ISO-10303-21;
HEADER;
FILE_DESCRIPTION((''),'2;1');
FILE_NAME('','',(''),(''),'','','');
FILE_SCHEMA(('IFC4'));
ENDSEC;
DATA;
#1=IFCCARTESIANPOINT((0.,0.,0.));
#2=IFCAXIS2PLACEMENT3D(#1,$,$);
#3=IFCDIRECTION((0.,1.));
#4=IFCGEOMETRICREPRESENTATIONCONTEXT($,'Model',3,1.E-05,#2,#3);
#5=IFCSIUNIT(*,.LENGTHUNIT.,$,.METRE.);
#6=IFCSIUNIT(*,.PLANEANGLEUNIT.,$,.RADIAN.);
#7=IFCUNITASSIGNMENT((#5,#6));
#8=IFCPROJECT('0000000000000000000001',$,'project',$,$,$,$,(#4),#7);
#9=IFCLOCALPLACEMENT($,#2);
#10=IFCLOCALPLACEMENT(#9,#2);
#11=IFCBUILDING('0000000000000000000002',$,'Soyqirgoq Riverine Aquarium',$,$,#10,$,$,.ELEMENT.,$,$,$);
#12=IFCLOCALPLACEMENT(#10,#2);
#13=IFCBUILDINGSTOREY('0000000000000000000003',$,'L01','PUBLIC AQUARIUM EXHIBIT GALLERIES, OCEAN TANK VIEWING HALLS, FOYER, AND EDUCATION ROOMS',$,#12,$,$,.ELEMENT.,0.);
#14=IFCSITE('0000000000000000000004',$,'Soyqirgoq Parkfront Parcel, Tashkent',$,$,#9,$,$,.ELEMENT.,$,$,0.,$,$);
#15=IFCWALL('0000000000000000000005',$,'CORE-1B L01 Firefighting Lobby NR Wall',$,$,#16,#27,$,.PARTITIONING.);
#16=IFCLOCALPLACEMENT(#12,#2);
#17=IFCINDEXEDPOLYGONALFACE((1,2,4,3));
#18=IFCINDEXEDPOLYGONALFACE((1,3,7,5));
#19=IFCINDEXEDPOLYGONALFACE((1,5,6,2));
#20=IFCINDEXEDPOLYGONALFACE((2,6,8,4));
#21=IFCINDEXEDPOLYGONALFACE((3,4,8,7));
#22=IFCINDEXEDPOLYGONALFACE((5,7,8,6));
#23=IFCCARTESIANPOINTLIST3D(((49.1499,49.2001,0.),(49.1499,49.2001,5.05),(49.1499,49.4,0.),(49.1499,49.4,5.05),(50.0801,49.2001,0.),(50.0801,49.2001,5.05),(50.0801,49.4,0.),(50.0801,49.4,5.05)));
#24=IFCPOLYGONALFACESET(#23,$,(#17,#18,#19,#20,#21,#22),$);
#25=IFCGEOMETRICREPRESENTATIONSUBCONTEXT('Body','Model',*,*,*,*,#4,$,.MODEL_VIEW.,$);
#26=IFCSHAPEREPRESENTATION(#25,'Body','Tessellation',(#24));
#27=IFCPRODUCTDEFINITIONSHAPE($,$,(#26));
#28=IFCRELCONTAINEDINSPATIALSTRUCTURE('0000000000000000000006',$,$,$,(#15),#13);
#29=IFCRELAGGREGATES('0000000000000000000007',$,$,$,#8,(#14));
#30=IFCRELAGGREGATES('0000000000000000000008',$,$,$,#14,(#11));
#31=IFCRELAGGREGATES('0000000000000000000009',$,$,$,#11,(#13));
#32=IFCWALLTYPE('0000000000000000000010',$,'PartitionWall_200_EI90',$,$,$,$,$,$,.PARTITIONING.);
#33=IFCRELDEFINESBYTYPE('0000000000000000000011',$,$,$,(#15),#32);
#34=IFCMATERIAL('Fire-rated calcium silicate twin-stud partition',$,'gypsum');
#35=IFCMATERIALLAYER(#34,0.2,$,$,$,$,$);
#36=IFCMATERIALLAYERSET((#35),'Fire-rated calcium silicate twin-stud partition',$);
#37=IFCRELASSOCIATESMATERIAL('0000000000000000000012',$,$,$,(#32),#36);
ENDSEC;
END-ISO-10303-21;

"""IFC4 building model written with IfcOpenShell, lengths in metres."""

from ifc_helpers import new_model, si_unit, direction, frame, frame_2d, origin, place, context, subcontext, project, spatial, rectangle, extrude, material, layer, layer_set, type_object, element, save


model = new_model("IFC4")

# Units and contexts
model_context = context("Model", 3, precision=1e-05, world=origin(), true_north=direction((0.0, 1.0)))
body_context = subcontext(model_context, "Body", "Model", "MODEL_VIEW")
ifc_project = project(units=[si_unit("LENGTHUNIT", "METRE"), si_unit("PLANEANGLEUNIT", "RADIAN")], contexts=[model_context])

# Site, building, storey
site_placement = place(None, origin())
site = spatial("IfcSite", under=ifc_project, at=site_placement, Name="Soyqirgoq Parkfront Parcel, Tashkent", CompositionType="ELEMENT", RefElevation=0.0)
building_placement = place(site_placement, origin())
building = spatial("IfcBuilding", under=site, at=building_placement, Name="Soyqirgoq Riverine Aquarium", CompositionType="ELEMENT")
storey_placement = place(building_placement, origin())
storey = spatial("IfcBuildingStorey", under=building, at=storey_placement, Name="L01", Description="PUBLIC AQUARIUM EXHIBIT GALLERIES, OCEAN TANK VIEWING HALLS, FOYER, AND EDUCATION ROOMS", CompositionType="ELEMENT", Elevation=0.0)

# Shared definitions
ifc_material_1 = material(Name="Fire-rated calcium silicate twin-stud partition", Category="gypsum")
ifc_layer_1 = layer(ifc_material_1, 0.2)
ifc_layer_set_1 = layer_set([ifc_layer_1], Name="Fire-rated calcium silicate twin-stud partition")
wall_type_1 = type_object("IfcWallType", Name="PartitionWall_200_EI90", PredefinedType="PARTITIONING", material=ifc_layer_set_1)

# Wall
wall_1_placement = place(storey_placement, frame((49.1499, 49.3, 0.0), z_axis=(0.0, 0.0, 1.0), x_axis=(1.0, 0.0, 0.0)))
element("IfcWall", 1, at=wall_1_placement, inside=storey, type_object=wall_type_1, Name="CORE-1B L01 Firefighting Lobby NR Wall", PredefinedType="PARTITIONING", context=body_context, shape_type="SweptSolid", body=[
    extrude(rectangle(XDim=0.9302, YDim=0.2, at=frame_2d((0.4651, 0.0))), origin(), (0.0, 0.0, 1.0), 5.05),
])

save(model, "model.ifc")
